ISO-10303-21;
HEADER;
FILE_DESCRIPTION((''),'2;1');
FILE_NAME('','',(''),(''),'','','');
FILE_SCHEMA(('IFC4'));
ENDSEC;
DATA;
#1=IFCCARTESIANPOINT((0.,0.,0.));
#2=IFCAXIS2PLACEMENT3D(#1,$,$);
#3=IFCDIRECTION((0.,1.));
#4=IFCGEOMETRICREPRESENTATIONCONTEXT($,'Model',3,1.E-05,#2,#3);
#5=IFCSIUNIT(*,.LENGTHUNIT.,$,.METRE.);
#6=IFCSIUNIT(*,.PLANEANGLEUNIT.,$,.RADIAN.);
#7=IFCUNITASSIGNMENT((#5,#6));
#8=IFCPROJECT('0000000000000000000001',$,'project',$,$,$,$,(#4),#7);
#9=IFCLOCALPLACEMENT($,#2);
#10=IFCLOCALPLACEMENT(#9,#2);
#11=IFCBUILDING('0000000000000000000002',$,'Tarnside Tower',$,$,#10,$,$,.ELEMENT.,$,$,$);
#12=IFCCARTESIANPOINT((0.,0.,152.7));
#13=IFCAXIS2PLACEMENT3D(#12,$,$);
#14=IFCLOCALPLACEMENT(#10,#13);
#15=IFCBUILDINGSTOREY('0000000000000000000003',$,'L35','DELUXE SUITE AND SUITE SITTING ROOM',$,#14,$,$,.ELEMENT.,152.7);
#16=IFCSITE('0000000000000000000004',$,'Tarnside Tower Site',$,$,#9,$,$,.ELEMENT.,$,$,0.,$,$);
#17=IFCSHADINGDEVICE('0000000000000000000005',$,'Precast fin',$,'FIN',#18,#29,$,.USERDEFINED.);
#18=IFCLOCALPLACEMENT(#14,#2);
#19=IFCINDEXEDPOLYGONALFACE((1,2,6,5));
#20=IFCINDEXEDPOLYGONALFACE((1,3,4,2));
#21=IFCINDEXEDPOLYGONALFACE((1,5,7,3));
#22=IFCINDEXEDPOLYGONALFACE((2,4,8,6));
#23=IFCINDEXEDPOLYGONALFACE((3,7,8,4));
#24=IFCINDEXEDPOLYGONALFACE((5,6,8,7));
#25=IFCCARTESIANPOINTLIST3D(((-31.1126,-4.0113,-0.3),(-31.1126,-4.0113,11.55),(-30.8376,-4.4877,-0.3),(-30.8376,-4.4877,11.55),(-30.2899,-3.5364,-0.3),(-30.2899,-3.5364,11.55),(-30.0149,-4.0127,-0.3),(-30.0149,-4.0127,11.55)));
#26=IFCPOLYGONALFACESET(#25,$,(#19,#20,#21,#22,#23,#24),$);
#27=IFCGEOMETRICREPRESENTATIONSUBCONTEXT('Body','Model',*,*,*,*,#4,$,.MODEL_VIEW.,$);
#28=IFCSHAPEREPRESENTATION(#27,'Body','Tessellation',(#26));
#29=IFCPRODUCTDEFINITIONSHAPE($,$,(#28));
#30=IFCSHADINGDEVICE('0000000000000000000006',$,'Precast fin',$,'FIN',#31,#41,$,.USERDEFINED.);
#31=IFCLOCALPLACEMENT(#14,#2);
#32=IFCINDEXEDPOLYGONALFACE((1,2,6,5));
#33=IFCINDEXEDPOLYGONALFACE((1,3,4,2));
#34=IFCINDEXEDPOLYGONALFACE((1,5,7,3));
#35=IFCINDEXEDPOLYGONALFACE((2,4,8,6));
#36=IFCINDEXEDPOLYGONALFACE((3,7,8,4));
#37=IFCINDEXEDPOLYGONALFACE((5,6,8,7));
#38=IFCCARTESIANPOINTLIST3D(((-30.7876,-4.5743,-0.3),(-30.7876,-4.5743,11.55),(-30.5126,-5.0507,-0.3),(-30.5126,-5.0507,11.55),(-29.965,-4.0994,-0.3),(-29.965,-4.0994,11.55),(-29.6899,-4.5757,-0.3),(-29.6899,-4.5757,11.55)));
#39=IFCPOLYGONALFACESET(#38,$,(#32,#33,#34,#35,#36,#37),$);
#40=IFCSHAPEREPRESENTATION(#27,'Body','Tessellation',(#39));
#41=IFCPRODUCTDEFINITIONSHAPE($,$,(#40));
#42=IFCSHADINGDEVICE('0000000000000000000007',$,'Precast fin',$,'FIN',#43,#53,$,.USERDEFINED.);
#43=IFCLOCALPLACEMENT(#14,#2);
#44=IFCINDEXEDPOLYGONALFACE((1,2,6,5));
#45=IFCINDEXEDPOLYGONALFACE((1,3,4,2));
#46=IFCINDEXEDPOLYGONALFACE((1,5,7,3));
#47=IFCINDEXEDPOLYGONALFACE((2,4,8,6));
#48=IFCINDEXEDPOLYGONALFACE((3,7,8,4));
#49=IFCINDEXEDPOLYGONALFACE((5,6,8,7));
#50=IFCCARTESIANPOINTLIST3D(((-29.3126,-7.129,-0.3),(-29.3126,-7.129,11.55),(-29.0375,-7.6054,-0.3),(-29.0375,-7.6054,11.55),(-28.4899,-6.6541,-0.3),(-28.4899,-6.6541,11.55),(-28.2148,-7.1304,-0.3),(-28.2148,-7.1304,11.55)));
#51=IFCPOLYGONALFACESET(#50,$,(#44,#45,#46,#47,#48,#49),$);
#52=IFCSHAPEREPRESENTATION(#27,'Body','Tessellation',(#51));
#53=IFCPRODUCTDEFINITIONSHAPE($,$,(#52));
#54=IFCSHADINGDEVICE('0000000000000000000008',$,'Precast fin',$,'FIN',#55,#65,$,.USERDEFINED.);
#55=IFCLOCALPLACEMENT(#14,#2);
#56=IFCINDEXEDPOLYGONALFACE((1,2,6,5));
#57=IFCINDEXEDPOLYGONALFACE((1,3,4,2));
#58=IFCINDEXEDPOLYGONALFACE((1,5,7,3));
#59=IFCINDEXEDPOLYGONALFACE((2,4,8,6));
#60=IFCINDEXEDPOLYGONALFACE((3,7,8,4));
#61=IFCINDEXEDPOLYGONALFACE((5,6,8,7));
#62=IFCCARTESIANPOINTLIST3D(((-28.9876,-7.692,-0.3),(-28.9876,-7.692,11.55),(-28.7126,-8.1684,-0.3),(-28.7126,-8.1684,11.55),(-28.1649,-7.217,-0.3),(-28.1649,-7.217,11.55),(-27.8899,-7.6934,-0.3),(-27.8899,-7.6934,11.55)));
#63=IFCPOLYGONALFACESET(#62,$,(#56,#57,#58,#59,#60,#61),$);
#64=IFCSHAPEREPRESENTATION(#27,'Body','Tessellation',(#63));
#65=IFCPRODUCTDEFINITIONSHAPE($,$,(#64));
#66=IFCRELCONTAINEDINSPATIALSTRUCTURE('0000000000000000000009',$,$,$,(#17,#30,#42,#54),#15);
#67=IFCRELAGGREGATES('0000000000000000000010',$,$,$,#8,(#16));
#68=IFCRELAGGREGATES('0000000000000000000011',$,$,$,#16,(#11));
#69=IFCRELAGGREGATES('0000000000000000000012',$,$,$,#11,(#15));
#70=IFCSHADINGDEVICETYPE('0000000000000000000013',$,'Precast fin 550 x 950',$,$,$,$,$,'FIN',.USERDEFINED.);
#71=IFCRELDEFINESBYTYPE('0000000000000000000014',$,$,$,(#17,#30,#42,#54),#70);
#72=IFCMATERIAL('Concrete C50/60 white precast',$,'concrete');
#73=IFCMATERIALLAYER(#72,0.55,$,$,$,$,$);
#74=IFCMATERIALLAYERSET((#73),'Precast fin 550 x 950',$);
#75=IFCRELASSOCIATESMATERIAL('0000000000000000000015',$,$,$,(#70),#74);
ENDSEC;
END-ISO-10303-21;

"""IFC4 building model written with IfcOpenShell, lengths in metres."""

from ifc_helpers import new_model, si_unit, direction, frame, origin, place, context, subcontext, project, spatial, polyline, outline, extrude, material, layer, layer_set, type_object, element, save


model = new_model("IFC4")

# Units and contexts
model_context = context("Model", 3, precision=1e-05, world=origin(), true_north=direction((0.0, 1.0)))
body_context = subcontext(model_context, "Body", "Model", "MODEL_VIEW")
ifc_project = project(units=[si_unit("LENGTHUNIT", "METRE"), si_unit("PLANEANGLEUNIT", "RADIAN")], contexts=[model_context])

# Site, building, storey
site_placement = place(None, origin())
site = spatial("IfcSite", under=ifc_project, at=site_placement, Name="Tarnside Tower Site", CompositionType="ELEMENT", RefElevation=0.0)
building_placement = place(site_placement, origin())
building = spatial("IfcBuilding", under=site, at=building_placement, Name="Tarnside Tower", CompositionType="ELEMENT")
storey_placement = place(building_placement, frame((0.0, 0.0, 152.7)))
storey = spatial("IfcBuildingStorey", under=building, at=storey_placement, Name="L35", Description="DELUXE SUITE AND SUITE SITTING ROOM", CompositionType="ELEMENT", Elevation=152.7)

# Shading devices
ifc_material_1 = material(Name="Concrete C50/60 white precast", Category="concrete")
ifc_layer_1 = layer(ifc_material_1, 0.55)
ifc_layer_set_1 = layer_set([ifc_layer_1], Name="Precast fin 550 x 950")
shading_device_type_1 = type_object("IfcShadingDeviceType", Name="Precast fin 550 x 950", ElementType="FIN", PredefinedType="USERDEFINED", material=ifc_layer_set_1)
for number, where, z_axis, x_axis, name in (
    (1, (-30.1523, -3.7747, -0.3), (-0.5, 0.866025, 0.0), (-0.866025, -0.5, 0.0), "Precast fin"),
    (2, (-29.8274, -4.3376, -0.3), (-0.5, 0.866025, 0.0), (-0.866025, -0.5, 0.0), "Precast fin"),
    (3, (-28.3523, -6.8923, -0.3), (-0.5, 0.866025, 0.0), (-0.866025, -0.5, 0.0), "Precast fin"),
    (4, (-28.0273, -7.4553, -0.3), (-0.5, 0.866025, 0.0), (-0.866025, -0.5, 0.0), "Precast fin"),
):
    element("IfcShadingDevice", number, at=place(storey_placement, frame(where, z_axis=z_axis, x_axis=x_axis)), inside=storey, type_object=shading_device_type_1, Name=name, ObjectType="FIN", PredefinedType="USERDEFINED", context=body_context, shape_type="SweptSolid", body=[
        extrude(outline(polyline([(0.0, 0.0), (0.95, 0.0), (0.95, 11.8501), (0.0, 11.8501), (0.0, 0.0)])), frame((0.0, 0.0, -0.2749)), (0.0, 0.0, 1.0), 0.55),
    ])

save(model, "model.ifc")
